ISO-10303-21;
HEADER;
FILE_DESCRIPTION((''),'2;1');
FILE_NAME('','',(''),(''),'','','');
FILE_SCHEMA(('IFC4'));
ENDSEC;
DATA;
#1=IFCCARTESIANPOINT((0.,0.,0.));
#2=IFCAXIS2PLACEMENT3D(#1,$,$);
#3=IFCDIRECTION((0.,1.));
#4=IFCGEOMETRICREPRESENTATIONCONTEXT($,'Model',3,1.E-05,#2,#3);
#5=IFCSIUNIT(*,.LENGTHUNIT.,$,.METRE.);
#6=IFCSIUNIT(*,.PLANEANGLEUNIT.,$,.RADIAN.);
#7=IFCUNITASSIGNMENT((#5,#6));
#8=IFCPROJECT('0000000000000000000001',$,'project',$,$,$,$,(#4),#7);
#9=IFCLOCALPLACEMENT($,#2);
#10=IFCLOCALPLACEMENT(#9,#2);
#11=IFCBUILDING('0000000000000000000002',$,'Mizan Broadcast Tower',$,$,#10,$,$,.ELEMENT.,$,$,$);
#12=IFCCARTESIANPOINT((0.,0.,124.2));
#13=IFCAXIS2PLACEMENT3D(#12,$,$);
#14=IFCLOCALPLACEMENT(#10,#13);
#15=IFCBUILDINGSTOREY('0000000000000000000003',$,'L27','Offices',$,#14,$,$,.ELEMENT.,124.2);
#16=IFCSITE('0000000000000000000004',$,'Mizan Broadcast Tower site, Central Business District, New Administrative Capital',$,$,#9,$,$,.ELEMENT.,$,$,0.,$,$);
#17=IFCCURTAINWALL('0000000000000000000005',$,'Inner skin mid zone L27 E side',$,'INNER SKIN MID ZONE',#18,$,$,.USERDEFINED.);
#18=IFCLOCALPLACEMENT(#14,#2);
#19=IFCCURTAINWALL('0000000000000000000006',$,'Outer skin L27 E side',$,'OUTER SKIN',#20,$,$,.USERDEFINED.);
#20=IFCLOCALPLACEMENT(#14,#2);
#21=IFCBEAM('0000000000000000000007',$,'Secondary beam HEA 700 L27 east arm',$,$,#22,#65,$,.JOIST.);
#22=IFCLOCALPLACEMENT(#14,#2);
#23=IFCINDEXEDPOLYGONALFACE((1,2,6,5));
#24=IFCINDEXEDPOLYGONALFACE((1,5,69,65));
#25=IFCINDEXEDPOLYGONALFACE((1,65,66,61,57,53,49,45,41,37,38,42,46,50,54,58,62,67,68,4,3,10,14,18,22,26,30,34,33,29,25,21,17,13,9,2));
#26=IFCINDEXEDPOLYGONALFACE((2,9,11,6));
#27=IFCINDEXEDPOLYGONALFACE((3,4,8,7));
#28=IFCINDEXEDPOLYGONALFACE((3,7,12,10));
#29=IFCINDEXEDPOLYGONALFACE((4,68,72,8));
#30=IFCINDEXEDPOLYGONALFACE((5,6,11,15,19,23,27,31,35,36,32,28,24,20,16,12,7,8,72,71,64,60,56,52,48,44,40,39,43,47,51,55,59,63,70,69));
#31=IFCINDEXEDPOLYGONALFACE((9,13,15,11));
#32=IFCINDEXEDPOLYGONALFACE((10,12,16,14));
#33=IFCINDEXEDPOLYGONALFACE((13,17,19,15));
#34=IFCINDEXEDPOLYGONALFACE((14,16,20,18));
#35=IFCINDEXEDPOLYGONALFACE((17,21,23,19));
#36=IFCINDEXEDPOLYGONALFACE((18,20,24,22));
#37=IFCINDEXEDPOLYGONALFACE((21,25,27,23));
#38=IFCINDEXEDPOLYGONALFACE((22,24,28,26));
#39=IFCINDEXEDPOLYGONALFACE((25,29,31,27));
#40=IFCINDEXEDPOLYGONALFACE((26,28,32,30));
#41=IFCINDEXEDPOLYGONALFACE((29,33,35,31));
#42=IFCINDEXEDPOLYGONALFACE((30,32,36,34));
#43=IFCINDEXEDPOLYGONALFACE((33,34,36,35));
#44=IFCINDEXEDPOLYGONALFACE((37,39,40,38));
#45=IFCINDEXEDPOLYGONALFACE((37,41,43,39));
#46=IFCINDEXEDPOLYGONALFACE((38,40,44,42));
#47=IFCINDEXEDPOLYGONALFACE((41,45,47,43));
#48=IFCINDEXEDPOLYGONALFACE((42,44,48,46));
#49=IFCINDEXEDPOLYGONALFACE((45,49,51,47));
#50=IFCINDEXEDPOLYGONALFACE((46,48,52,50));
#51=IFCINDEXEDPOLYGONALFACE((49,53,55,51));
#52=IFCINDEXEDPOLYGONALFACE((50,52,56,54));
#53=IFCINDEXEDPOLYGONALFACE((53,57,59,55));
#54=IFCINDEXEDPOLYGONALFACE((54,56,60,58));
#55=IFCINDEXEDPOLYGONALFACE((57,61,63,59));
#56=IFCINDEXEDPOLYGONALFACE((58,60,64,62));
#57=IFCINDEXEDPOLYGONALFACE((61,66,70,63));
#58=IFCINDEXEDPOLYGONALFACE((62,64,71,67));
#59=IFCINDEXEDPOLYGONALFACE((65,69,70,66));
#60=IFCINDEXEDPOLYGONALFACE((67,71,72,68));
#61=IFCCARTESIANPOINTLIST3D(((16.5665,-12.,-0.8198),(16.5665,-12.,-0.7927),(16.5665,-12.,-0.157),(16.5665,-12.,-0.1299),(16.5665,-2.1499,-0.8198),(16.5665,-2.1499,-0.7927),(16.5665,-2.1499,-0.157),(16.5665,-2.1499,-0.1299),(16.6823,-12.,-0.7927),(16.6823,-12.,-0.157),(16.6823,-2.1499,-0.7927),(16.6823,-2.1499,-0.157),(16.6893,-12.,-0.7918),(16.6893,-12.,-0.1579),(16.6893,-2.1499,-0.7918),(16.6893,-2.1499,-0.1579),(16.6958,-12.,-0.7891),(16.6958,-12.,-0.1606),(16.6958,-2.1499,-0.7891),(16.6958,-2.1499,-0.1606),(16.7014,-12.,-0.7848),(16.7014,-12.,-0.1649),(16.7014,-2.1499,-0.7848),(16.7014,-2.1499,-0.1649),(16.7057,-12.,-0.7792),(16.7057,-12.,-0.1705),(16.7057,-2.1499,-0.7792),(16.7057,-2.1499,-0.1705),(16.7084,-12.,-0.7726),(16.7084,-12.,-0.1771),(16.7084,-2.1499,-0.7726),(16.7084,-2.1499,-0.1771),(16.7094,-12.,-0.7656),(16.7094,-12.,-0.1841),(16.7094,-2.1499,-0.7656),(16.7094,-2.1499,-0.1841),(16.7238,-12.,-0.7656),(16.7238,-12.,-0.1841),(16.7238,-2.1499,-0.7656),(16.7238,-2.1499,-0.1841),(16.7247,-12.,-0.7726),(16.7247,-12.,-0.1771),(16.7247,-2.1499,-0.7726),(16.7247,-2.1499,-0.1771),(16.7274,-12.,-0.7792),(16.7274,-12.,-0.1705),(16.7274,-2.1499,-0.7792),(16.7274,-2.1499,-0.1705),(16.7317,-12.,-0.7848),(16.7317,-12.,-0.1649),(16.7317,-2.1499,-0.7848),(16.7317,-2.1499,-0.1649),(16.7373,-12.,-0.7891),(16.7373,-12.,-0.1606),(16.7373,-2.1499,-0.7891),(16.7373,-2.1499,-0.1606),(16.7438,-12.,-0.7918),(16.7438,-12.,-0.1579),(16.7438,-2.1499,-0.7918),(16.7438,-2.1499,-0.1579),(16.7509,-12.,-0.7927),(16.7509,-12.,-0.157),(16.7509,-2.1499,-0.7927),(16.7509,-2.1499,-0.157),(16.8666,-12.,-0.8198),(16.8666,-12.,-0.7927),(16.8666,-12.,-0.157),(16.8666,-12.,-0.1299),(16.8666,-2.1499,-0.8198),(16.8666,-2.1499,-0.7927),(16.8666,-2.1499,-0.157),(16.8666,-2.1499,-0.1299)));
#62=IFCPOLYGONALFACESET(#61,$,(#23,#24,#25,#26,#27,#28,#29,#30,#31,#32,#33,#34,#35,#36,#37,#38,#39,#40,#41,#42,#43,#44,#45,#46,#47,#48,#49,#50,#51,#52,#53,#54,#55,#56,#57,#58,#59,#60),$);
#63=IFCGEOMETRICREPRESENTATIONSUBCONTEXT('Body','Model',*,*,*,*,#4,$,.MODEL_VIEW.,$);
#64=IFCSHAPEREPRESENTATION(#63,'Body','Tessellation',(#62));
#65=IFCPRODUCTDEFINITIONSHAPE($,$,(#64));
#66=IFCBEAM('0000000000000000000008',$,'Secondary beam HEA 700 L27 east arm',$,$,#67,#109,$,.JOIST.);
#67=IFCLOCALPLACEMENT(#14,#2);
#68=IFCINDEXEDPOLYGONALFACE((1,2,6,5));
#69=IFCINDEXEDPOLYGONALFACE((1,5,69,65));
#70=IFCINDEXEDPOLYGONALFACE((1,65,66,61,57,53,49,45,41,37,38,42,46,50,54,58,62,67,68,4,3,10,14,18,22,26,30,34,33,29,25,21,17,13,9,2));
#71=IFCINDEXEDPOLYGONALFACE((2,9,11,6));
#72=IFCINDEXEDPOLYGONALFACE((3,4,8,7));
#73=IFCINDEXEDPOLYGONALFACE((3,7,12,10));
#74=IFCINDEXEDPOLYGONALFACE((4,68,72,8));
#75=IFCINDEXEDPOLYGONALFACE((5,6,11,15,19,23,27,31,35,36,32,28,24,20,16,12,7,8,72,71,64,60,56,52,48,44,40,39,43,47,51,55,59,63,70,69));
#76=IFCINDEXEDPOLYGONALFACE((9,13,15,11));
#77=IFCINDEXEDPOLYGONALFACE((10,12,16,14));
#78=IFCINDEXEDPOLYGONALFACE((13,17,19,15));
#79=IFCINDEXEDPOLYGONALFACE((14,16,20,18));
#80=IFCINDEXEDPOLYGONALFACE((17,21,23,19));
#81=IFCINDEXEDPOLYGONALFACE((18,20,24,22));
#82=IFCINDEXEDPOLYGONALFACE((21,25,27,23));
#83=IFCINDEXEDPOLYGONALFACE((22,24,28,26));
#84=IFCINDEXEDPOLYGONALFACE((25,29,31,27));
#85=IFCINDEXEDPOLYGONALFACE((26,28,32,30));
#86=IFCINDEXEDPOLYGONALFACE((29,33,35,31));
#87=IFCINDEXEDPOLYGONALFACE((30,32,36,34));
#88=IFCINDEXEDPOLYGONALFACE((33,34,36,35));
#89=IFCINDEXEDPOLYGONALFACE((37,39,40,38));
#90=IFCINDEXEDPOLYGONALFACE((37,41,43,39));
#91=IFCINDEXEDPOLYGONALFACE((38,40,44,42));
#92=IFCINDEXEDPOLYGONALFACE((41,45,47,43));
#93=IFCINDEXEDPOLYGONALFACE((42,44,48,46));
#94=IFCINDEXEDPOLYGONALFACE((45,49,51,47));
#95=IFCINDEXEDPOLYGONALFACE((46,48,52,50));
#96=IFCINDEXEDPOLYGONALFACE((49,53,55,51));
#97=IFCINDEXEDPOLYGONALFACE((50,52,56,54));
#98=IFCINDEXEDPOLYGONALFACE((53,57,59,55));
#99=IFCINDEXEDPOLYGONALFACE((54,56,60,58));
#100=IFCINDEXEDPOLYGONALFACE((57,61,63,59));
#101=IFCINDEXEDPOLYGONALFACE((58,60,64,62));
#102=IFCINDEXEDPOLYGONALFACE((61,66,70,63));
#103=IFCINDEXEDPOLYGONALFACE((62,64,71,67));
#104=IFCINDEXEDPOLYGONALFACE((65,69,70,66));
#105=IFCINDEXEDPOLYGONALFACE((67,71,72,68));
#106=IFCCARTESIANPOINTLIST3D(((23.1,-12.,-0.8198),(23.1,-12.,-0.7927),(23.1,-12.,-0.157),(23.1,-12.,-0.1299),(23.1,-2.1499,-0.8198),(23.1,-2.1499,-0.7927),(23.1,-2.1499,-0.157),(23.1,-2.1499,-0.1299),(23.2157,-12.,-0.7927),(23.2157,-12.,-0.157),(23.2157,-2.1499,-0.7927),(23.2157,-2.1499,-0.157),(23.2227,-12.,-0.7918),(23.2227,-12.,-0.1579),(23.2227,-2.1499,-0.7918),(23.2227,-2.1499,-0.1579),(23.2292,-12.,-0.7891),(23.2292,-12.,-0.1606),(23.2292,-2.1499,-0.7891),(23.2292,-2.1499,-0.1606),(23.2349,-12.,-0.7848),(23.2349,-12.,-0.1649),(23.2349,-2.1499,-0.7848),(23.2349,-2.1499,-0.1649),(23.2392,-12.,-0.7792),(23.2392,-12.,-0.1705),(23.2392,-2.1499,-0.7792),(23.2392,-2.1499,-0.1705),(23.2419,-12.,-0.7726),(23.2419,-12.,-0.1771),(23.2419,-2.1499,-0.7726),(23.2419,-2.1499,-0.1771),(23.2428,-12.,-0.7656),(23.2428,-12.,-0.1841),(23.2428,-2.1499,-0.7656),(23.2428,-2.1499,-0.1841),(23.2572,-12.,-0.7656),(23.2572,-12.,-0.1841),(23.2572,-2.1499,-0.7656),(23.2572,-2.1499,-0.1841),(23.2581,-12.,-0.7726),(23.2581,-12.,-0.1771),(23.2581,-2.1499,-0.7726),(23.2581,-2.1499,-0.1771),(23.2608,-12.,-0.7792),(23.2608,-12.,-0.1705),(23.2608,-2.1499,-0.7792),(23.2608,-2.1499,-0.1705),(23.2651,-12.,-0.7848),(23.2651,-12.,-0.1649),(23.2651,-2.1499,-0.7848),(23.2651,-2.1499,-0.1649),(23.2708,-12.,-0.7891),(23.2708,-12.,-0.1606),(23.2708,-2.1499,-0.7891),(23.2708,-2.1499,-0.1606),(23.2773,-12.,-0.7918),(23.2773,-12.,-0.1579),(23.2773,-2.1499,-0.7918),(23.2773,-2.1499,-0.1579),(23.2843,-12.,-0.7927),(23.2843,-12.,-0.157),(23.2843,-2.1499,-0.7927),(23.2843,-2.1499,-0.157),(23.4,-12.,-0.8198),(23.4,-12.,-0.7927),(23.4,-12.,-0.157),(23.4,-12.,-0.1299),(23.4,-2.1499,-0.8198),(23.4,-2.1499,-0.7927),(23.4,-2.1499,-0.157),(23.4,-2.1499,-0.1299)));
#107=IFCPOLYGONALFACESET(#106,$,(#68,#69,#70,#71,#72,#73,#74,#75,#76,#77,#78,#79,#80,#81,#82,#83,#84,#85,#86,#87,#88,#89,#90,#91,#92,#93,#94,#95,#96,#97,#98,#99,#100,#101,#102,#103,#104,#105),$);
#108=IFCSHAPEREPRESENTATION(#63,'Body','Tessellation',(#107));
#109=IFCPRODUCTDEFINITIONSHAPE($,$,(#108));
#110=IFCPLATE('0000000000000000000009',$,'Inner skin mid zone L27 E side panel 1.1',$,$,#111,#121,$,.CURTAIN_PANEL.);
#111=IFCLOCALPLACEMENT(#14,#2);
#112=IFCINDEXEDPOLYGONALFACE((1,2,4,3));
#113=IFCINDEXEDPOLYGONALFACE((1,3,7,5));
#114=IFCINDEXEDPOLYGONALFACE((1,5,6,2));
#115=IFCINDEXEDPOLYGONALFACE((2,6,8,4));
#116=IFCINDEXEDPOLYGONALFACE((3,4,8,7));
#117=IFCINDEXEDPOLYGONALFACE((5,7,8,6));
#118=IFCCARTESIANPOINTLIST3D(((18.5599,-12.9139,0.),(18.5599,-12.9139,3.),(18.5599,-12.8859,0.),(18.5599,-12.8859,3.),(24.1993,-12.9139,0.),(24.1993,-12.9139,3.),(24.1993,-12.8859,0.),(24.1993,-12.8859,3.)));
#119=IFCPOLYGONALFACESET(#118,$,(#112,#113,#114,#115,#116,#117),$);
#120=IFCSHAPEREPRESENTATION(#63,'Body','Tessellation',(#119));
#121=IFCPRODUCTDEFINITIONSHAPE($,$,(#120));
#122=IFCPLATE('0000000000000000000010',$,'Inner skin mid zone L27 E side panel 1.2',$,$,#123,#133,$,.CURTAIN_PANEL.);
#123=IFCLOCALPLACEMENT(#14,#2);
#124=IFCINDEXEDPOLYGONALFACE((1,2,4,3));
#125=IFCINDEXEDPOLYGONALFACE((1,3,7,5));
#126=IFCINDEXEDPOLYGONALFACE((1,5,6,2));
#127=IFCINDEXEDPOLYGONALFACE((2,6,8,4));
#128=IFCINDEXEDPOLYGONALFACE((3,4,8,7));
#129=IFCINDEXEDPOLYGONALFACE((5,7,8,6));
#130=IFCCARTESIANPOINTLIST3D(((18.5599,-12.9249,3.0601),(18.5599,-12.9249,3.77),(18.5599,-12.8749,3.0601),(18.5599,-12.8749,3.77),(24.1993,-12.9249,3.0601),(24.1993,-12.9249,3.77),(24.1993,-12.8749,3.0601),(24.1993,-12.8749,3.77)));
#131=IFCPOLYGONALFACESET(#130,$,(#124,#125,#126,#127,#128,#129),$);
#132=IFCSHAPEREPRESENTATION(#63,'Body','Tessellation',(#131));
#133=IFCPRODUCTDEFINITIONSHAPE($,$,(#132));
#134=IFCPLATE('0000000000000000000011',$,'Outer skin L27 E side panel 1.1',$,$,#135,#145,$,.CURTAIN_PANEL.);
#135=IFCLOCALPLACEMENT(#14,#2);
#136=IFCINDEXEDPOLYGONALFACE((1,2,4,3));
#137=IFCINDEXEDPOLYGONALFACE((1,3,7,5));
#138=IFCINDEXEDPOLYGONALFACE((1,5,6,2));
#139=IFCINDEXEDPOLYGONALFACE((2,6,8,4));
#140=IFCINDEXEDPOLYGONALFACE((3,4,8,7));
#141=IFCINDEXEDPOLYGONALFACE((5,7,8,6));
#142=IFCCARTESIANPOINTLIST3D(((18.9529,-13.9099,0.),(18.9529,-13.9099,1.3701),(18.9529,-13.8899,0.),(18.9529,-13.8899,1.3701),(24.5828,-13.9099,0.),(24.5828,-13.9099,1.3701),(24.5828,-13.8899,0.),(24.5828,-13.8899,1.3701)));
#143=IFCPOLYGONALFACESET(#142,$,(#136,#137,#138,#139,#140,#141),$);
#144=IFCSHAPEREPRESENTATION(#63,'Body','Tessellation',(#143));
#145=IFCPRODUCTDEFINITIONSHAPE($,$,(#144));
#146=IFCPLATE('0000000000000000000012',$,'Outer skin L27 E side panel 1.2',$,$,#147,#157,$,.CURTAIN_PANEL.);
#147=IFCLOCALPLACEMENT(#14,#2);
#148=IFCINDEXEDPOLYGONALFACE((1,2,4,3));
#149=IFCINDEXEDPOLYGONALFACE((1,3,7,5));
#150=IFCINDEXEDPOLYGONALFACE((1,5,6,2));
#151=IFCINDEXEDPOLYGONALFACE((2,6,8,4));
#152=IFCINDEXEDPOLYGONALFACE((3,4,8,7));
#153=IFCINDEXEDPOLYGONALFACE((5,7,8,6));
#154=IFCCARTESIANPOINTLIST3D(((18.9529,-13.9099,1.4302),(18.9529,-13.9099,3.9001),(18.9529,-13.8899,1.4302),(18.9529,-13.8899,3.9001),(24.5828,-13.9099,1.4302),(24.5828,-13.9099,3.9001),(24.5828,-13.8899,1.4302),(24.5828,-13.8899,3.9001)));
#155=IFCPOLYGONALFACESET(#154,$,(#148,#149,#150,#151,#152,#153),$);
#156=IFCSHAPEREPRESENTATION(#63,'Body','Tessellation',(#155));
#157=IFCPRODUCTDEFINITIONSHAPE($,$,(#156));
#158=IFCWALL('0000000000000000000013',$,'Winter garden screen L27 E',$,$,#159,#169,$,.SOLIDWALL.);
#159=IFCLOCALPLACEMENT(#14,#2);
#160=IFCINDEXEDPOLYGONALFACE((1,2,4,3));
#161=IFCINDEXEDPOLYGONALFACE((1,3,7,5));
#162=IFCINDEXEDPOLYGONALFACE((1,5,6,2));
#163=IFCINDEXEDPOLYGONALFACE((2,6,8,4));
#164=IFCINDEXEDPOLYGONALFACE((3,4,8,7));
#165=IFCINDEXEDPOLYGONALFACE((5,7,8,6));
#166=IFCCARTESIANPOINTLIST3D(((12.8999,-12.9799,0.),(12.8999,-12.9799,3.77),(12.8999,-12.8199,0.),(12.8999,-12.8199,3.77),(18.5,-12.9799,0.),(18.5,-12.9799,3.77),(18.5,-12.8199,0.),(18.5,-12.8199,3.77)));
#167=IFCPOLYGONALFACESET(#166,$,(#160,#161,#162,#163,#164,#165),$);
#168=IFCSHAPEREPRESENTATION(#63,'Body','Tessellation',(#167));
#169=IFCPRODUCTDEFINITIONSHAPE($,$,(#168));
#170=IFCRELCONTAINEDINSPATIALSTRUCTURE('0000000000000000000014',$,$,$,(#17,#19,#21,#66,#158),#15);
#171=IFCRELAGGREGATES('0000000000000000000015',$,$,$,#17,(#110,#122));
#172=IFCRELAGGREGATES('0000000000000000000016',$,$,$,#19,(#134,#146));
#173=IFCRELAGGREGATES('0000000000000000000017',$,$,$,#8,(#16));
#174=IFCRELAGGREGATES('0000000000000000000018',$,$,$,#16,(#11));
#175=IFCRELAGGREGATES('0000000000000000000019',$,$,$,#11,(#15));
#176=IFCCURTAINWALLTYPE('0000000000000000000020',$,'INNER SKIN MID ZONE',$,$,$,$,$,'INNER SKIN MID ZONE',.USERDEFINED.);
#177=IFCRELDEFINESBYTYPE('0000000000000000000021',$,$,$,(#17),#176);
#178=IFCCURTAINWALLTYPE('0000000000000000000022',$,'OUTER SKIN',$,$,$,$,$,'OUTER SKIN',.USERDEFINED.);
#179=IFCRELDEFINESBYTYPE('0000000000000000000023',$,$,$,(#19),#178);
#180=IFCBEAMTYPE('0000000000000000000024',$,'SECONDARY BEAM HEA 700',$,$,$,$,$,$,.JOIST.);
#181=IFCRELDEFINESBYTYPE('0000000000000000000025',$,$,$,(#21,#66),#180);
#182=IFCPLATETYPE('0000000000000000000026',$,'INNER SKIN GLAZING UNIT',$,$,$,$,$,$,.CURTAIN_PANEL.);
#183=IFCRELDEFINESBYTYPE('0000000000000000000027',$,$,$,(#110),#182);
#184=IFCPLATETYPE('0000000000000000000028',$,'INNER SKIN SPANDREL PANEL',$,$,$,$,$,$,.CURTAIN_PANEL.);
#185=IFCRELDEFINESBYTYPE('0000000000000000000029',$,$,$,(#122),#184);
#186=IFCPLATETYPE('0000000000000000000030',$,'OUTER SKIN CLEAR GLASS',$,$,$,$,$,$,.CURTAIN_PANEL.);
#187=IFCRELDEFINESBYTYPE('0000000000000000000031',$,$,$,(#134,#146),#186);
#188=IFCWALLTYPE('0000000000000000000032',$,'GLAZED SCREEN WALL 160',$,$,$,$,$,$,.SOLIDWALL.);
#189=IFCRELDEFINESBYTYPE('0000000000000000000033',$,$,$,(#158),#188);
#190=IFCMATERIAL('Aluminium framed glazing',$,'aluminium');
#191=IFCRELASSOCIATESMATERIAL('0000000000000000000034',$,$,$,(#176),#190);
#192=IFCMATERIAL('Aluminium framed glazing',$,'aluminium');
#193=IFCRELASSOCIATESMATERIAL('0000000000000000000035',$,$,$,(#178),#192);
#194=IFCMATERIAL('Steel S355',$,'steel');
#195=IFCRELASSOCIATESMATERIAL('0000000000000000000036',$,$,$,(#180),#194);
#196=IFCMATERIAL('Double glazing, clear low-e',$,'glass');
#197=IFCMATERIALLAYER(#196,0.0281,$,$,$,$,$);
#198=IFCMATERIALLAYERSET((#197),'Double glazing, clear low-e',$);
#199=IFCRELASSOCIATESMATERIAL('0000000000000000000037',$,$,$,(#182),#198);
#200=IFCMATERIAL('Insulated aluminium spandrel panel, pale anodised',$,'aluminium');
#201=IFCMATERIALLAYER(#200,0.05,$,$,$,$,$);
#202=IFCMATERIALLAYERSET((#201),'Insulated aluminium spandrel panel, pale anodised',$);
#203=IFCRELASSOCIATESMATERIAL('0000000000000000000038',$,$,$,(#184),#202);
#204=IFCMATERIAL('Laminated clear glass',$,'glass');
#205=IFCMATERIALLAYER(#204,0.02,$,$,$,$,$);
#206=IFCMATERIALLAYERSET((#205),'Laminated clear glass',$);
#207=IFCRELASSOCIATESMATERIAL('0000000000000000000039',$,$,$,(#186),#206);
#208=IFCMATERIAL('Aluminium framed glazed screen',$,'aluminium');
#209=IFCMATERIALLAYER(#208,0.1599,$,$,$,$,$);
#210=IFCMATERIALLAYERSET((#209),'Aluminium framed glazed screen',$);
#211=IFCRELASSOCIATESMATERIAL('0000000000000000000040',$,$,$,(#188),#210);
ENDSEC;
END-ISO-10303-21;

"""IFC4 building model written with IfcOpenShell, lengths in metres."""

from ifc_helpers import new_model, si_unit, direction, frame, frame_2d, origin, origin_2d, place, context, subcontext, project, spatial, rectangle, i_section, extrude, material, layer, layer_set, material_profile, profile_set, type_object, element, aggregate, save


model = new_model("IFC4")

# Units and contexts
model_context = context("Model", 3, precision=1e-05, world=origin(), true_north=direction((0.0, 1.0)))
body_context = subcontext(model_context, "Body", "Model", "MODEL_VIEW")
ifc_project = project(units=[si_unit("LENGTHUNIT", "METRE"), si_unit("PLANEANGLEUNIT", "RADIAN")], contexts=[model_context])

# Site, building, storey
site_placement = place(None, origin())
site = spatial("IfcSite", under=ifc_project, at=site_placement, Name="Mizan Broadcast Tower site, Central Business District, New Administrative Capital", CompositionType="ELEMENT", RefElevation=0.0)
building_placement = place(site_placement, origin())
building = spatial("IfcBuilding", under=site, at=building_placement, Name="Mizan Broadcast Tower", CompositionType="ELEMENT")
storey_placement = place(building_placement, frame((0.0, 0.0, 124.2)))
storey = spatial("IfcBuildingStorey", under=building, at=storey_placement, Name="L27", Description="Offices", CompositionType="ELEMENT", Elevation=124.2)

# Curtain wall
ifc_material_1 = material(Name="Aluminium framed glazing", Category="aluminium")
curtain_wall_type_1 = type_object("IfcCurtainWallType", Name="INNER SKIN MID ZONE", ElementType="INNER SKIN MID ZONE", PredefinedType="USERDEFINED", material=ifc_material_1)
curtain_wall_1_placement = place(storey_placement, origin())
curtain_wall_1 = element("IfcCurtainWall", 1, at=curtain_wall_1_placement, inside=storey, type_object=curtain_wall_type_1, Name="Inner skin mid zone L27 E side", ObjectType="INNER SKIN MID ZONE", PredefinedType="USERDEFINED")

# Curtain wall
ifc_material_2 = material(Name="Aluminium framed glazing", Category="aluminium")
curtain_wall_type_2 = type_object("IfcCurtainWallType", Name="OUTER SKIN", ElementType="OUTER SKIN", PredefinedType="USERDEFINED", material=ifc_material_2)
curtain_wall_2_placement = place(storey_placement, origin())
curtain_wall_2 = element("IfcCurtainWall", 2, at=curtain_wall_2_placement, inside=storey, type_object=curtain_wall_type_2, Name="Outer skin L27 E side", ObjectType="OUTER SKIN", PredefinedType="USERDEFINED")

# Beams
ifc_material_3 = material(Name="Steel S355", Category="steel")
ifc_material_profile_1 = material_profile(ifc_material_3, i_section(OverallWidth=0.3, OverallDepth=0.6899, WebThickness=0.0144, FlangeThickness=0.0271, FilletRadius=0.0271, at=origin_2d()), Name="HEA 700")
ifc_profile_set_1 = profile_set([ifc_material_profile_1], Name="Steel S355")
beam_type_1 = type_object("IfcBeamType", Name="SECONDARY BEAM HEA 700", PredefinedType="JOIST", material=ifc_profile_set_1)
for number, where, z_axis, x_axis, name in (
    (3, (16.7166, -12.0, -0.4749), (0.0, 1.0, 0.0), (-1.0, 0.0, 0.0), "Secondary beam HEA 700 L27 east arm"),
    (4, (23.25, -12.0, -0.4749), (0.0, 1.0, 0.0), (-1.0, 0.0, 0.0), "Secondary beam HEA 700 L27 east arm"),
):
    element("IfcBeam", number, at=place(storey_placement, frame(where, z_axis=z_axis, x_axis=x_axis)), inside=storey, type_object=beam_type_1, Name=name, PredefinedType="JOIST", context=body_context, shape_type="SweptSolid", body=[
        extrude(i_section(OverallWidth=0.3, OverallDepth=0.6899, WebThickness=0.0144, FlangeThickness=0.0271, FilletRadius=0.0271, at=origin_2d()), origin(), (0.0, 0.0, 1.0), 9.8501),
    ])

# Plates
ifc_material_4 = material(Name="Double glazing, clear low-e", Category="glass")
ifc_layer_1 = layer(ifc_material_4, 0.0281)
ifc_layer_set_1 = layer_set([ifc_layer_1], Name="Double glazing, clear low-e")
plate_type_1 = type_object("IfcPlateType", Name="INNER SKIN GLAZING UNIT", PredefinedType="CURTAIN_PANEL", material=ifc_layer_set_1)
plate_1_placement = place(storey_placement, frame((21.3796, -12.8999, 0.0), z_axis=(0.0, 0.0, 1.0), x_axis=(1.0, 0.0, 0.0)))
plate_1 = element("IfcPlate", 5, at=plate_1_placement, type_object=plate_type_1, Name="Inner skin mid zone L27 E side panel 1.1", PredefinedType="CURTAIN_PANEL", context=body_context, shape_type="SweptSolid", body=[
    extrude(rectangle(XDim=5.6394, YDim=0.0281, at=origin_2d()), origin(), (0.0, 0.0, 1.0), 3.0),
])
ifc_material_5 = material(Name="Insulated aluminium spandrel panel, pale anodised", Category="aluminium")
ifc_layer_2 = layer(ifc_material_5, 0.05)
ifc_layer_set_2 = layer_set([ifc_layer_2], Name="Insulated aluminium spandrel panel, pale anodised")
plate_type_2 = type_object("IfcPlateType", Name="INNER SKIN SPANDREL PANEL", PredefinedType="CURTAIN_PANEL", material=ifc_layer_set_2)
plate_2_placement = place(storey_placement, frame((21.3796, -12.8999, 3.0601), z_axis=(0.0, 0.0, 1.0), x_axis=(1.0, 0.0, 0.0)))
plate_2 = element("IfcPlate", 6, at=plate_2_placement, type_object=plate_type_2, Name="Inner skin mid zone L27 E side panel 1.2", PredefinedType="CURTAIN_PANEL", context=body_context, shape_type="SweptSolid", body=[
    extrude(rectangle(XDim=5.6394, YDim=0.05, at=origin_2d()), origin(), (0.0, 0.0, 1.0), 0.71),
])
aggregate(curtain_wall_1, [plate_1, plate_2])
ifc_material_6 = material(Name="Laminated clear glass", Category="glass")
ifc_layer_3 = layer(ifc_material_6, 0.02)
ifc_layer_set_3 = layer_set([ifc_layer_3], Name="Laminated clear glass")
plate_type_3 = type_object("IfcPlateType", Name="OUTER SKIN CLEAR GLASS", PredefinedType="CURTAIN_PANEL", material=ifc_layer_set_3)
plate_3_placement = place(storey_placement, frame((21.7678, -13.8999, 0.0), z_axis=(0.0, 0.0, 1.0), x_axis=(1.0, 0.0, 0.0)))
plate_3 = element("IfcPlate", 7, at=plate_3_placement, type_object=plate_type_3, Name="Outer skin L27 E side panel 1.1", PredefinedType="CURTAIN_PANEL", context=body_context, shape_type="SweptSolid", body=[
    extrude(rectangle(XDim=5.6299, YDim=0.02, at=origin_2d()), origin(), (0.0, 0.0, 1.0), 1.3701),
])
plate_4_placement = place(storey_placement, frame((21.7678, -13.8999, 1.4302), z_axis=(0.0, 0.0, 1.0), x_axis=(1.0, 0.0, 0.0)))
plate_4 = element("IfcPlate", 8, at=plate_4_placement, type_object=plate_type_3, Name="Outer skin L27 E side panel 1.2", PredefinedType="CURTAIN_PANEL", context=body_context, shape_type="SweptSolid", body=[
    extrude(rectangle(XDim=5.6299, YDim=0.02, at=origin_2d()), origin(), (0.0, 0.0, 1.0), 2.47),
])
aggregate(curtain_wall_2, [plate_3, plate_4])

# Wall
ifc_material_7 = material(Name="Aluminium framed glazed screen", Category="aluminium")
ifc_layer_4 = layer(ifc_material_7, 0.1599)
ifc_layer_set_4 = layer_set([ifc_layer_4], Name="Aluminium framed glazed screen")
wall_type_1 = type_object("IfcWallType", Name="GLAZED SCREEN WALL 160", PredefinedType="SOLIDWALL", material=ifc_layer_set_4)
wall_1_placement = place(storey_placement, frame((12.8999, -12.8999, 0.0), z_axis=(0.0, 0.0, 1.0), x_axis=(1.0, 0.0, 0.0)))
element("IfcWall", 9, at=wall_1_placement, inside=storey, type_object=wall_type_1, Name="Winter garden screen L27 E", PredefinedType="SOLIDWALL", context=body_context, shape_type="SweptSolid", body=[
    extrude(rectangle(XDim=5.6001, YDim=0.1599, at=frame_2d((2.8, 0.0))), origin(), (0.0, 0.0, 1.0), 3.77),
])

save(model, "model.ifc")
